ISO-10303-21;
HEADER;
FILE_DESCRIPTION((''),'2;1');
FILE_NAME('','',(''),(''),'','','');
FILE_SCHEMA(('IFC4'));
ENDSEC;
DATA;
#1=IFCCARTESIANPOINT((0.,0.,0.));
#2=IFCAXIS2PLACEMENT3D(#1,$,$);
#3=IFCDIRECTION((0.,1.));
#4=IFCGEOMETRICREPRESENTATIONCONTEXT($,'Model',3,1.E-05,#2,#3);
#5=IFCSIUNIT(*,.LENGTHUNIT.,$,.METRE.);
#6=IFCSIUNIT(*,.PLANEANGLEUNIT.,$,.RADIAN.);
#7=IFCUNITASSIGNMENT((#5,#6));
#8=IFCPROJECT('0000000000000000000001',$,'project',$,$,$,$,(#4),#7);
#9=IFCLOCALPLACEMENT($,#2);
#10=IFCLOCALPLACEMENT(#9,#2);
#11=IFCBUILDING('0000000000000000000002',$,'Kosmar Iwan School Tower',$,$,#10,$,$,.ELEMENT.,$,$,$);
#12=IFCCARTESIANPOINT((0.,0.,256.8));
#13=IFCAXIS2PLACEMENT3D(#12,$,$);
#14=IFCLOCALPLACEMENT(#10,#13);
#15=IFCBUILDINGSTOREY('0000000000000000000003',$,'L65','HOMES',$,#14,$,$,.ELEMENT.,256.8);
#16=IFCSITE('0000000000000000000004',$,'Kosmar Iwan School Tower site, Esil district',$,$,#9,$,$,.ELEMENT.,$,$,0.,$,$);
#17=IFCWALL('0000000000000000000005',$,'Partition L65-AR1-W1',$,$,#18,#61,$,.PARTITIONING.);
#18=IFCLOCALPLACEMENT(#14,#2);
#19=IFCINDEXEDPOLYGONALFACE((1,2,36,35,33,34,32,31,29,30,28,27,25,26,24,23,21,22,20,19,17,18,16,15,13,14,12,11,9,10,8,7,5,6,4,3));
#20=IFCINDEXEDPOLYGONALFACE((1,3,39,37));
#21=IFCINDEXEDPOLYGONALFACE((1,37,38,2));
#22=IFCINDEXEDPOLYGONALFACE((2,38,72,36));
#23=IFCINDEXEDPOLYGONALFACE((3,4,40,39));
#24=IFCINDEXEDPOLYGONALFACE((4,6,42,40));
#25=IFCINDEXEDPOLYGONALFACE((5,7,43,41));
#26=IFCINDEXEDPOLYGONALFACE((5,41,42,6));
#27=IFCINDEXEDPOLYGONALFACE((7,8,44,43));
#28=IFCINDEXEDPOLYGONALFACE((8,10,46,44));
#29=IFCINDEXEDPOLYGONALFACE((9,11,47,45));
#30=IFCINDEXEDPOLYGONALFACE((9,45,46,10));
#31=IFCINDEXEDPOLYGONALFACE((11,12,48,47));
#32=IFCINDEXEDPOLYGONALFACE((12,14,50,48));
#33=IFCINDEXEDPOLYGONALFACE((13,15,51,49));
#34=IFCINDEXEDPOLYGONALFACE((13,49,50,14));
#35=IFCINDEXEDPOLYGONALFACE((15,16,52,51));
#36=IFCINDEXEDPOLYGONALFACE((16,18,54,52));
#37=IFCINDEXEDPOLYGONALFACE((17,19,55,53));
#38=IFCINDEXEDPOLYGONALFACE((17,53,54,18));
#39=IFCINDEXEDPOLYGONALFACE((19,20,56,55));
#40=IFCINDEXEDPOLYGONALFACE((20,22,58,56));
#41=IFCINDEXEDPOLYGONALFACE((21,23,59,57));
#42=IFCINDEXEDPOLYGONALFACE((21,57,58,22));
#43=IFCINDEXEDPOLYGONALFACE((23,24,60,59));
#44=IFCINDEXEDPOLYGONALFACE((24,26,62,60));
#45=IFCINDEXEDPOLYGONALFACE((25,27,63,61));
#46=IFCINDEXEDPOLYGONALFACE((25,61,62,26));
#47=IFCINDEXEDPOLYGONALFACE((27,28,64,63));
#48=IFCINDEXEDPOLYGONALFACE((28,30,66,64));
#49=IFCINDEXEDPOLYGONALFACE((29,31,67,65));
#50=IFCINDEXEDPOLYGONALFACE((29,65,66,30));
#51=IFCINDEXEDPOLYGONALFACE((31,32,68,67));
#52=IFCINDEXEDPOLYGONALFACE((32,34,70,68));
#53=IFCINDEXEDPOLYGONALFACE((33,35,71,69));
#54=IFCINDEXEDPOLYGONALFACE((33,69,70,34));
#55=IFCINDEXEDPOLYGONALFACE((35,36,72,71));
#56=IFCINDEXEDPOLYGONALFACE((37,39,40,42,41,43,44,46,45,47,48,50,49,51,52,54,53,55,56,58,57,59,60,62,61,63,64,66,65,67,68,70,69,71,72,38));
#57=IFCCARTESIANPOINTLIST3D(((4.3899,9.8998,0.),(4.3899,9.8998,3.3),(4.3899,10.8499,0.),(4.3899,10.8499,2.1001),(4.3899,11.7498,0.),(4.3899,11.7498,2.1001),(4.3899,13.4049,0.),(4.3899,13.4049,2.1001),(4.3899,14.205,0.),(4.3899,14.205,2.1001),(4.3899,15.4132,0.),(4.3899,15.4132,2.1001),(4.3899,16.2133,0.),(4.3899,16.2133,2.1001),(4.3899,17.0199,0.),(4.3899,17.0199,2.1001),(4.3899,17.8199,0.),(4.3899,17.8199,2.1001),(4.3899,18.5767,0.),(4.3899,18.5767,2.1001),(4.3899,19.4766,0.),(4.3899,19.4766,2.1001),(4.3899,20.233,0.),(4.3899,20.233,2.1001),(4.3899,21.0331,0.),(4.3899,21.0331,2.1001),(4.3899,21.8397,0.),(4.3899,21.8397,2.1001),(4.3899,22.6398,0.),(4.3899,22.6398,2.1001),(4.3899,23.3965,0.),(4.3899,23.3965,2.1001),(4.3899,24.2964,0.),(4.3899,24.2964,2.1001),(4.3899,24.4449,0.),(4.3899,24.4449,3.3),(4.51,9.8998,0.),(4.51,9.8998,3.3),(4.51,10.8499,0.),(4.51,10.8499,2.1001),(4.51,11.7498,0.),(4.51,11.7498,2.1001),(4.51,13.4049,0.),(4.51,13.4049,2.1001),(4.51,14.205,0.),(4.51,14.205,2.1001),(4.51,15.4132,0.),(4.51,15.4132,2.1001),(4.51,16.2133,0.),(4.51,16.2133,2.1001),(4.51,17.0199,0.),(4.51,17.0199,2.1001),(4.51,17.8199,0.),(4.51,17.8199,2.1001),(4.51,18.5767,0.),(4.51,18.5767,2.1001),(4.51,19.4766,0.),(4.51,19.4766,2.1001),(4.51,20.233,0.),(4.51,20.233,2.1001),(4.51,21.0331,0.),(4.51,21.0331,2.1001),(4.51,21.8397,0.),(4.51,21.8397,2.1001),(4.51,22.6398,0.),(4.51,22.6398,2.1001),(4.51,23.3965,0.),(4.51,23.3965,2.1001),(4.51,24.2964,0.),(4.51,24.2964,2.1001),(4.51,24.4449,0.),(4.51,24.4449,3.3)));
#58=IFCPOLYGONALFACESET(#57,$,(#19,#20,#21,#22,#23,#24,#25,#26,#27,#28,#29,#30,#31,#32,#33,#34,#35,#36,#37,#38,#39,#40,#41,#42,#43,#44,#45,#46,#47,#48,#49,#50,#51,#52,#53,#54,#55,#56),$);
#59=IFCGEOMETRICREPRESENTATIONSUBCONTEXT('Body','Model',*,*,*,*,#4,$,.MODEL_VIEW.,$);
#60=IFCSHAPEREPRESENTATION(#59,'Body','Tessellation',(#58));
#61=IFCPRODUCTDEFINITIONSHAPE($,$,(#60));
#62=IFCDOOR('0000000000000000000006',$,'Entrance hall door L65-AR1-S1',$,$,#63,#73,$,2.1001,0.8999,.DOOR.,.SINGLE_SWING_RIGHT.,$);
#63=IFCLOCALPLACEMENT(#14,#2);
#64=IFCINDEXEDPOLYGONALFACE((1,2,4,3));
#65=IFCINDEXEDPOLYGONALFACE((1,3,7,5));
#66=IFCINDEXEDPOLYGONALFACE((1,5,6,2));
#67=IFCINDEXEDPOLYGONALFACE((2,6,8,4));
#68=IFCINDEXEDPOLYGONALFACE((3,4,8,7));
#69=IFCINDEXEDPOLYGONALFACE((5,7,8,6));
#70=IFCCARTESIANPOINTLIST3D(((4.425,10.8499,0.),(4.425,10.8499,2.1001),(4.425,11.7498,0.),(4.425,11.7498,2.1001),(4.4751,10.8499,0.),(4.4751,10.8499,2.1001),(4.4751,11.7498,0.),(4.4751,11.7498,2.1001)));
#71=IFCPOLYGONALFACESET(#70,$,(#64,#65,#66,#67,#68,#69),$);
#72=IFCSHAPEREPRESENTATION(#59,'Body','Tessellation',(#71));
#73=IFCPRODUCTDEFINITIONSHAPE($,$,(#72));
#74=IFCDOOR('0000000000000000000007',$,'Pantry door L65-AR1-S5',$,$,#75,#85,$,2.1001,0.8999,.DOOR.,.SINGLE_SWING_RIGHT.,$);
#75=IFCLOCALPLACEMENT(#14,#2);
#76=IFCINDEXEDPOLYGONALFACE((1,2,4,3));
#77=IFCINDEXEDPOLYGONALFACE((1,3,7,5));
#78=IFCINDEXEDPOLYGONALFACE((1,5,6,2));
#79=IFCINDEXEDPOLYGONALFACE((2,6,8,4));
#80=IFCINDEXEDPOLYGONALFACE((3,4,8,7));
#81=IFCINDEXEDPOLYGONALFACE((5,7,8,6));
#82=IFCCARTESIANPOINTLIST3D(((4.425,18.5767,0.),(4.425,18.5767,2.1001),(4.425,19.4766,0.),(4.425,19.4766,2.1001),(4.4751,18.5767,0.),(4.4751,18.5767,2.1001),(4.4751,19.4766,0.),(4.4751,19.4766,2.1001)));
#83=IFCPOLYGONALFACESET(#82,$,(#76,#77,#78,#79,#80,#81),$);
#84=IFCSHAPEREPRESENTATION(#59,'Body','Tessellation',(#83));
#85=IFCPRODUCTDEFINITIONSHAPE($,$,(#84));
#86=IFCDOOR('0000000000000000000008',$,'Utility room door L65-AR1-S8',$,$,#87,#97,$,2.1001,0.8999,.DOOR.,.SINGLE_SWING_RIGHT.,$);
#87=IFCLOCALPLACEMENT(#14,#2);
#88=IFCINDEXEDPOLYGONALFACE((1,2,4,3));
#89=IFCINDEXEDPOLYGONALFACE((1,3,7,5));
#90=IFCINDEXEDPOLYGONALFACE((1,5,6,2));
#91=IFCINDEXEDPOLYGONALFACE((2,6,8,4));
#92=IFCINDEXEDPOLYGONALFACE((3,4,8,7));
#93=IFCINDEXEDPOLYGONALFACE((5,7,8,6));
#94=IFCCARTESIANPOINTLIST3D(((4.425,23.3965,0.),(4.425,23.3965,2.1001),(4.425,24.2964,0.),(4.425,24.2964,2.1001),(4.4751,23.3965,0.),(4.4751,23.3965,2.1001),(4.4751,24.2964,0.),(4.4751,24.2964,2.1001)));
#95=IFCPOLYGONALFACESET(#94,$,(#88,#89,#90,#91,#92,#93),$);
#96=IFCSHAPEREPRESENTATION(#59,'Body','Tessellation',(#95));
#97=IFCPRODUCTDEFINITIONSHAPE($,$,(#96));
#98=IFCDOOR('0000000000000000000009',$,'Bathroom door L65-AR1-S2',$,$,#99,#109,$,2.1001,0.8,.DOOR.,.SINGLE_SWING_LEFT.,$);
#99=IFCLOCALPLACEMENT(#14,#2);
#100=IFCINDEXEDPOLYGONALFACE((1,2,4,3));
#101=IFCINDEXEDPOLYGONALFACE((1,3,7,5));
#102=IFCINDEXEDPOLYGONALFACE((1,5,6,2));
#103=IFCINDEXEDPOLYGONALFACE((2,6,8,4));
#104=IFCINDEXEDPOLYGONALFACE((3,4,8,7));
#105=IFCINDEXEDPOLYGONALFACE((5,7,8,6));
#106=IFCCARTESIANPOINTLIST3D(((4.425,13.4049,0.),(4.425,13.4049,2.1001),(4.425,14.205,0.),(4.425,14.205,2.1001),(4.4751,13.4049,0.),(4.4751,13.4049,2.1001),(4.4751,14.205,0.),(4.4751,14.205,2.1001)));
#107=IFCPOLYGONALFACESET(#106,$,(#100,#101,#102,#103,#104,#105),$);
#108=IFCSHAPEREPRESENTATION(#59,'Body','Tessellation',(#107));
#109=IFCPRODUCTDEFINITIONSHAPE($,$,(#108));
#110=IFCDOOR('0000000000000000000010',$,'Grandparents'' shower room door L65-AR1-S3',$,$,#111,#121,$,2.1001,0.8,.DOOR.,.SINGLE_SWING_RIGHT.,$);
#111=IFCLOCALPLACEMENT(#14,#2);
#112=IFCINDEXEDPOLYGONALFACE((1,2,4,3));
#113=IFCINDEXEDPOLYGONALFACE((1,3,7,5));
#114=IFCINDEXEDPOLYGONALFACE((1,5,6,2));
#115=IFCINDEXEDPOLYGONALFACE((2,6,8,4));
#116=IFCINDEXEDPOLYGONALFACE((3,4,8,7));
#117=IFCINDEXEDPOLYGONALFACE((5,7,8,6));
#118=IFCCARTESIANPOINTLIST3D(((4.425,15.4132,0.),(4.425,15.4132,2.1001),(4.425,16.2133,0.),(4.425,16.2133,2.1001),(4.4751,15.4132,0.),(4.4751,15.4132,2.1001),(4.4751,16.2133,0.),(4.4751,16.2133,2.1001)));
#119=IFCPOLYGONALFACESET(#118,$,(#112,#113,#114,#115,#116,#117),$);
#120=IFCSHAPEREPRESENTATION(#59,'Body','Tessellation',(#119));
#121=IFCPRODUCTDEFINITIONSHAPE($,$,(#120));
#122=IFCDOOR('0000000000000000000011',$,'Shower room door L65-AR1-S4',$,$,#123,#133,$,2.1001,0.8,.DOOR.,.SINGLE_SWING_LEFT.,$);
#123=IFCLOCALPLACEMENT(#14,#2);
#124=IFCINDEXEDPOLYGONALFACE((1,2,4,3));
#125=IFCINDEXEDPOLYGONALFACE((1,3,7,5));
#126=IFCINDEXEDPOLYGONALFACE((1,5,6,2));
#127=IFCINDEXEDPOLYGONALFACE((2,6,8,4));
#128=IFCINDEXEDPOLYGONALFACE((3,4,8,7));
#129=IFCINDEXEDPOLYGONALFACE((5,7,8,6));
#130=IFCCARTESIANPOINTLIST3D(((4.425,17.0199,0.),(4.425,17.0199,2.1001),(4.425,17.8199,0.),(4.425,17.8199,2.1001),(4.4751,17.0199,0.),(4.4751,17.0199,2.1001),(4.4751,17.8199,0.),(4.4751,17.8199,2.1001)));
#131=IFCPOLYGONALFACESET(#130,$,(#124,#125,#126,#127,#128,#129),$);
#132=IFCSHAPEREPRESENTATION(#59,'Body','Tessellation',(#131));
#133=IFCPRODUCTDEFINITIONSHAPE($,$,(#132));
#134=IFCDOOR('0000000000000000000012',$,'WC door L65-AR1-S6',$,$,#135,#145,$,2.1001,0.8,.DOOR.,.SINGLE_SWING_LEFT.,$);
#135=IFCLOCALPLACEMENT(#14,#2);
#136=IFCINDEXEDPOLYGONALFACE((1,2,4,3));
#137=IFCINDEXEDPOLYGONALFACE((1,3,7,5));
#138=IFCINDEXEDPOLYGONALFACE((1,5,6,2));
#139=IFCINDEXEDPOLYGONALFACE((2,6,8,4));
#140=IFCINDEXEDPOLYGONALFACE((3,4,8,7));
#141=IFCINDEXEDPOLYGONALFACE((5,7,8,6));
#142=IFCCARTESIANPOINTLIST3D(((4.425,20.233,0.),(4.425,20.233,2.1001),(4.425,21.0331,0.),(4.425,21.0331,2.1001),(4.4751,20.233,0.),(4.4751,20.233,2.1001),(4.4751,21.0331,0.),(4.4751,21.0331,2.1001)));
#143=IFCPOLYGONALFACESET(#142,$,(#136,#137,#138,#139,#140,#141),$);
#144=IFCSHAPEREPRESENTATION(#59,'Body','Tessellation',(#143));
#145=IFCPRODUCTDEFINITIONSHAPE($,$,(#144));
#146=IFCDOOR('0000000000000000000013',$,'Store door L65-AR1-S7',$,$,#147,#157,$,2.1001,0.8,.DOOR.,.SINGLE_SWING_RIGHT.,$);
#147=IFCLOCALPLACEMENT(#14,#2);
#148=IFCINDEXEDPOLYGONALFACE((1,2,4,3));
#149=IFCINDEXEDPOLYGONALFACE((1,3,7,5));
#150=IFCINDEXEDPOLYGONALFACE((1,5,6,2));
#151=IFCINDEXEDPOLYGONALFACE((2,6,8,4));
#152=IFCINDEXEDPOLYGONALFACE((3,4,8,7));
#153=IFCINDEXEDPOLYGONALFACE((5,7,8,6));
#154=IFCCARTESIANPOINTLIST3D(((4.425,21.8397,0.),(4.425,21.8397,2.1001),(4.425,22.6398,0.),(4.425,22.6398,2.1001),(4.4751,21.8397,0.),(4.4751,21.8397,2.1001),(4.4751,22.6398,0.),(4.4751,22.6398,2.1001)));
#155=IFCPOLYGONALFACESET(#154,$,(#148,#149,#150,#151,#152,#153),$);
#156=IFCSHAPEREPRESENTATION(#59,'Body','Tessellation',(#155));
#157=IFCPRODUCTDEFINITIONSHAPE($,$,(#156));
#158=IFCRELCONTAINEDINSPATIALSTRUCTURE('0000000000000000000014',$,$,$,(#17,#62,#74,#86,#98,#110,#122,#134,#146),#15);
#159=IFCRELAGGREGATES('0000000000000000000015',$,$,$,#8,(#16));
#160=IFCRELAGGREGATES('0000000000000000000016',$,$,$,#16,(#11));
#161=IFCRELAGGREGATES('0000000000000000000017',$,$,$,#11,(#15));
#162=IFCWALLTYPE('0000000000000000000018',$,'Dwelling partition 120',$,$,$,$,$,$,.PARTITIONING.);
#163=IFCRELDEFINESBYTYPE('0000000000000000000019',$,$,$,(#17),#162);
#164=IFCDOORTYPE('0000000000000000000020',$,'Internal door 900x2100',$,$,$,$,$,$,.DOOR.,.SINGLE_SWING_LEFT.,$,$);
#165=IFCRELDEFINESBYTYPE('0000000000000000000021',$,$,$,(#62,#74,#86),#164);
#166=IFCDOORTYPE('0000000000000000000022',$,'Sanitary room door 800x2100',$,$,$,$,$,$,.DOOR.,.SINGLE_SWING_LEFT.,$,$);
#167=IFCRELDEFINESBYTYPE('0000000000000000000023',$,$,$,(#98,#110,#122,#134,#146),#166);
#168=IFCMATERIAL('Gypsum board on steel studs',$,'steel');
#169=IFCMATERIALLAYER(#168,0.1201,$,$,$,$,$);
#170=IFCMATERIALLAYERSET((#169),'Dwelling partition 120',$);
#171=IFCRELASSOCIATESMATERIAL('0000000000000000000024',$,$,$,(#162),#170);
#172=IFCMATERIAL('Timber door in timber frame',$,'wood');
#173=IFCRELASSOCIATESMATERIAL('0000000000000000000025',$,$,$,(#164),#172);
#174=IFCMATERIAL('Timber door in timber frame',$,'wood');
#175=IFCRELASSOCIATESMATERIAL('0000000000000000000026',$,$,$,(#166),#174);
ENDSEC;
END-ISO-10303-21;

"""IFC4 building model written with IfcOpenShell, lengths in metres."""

from ifc_helpers import new_model, si_unit, direction, frame, frame_2d, origin, place, context, subcontext, project, spatial, rectangle, extrude, material, layer, layer_set, type_object, element, fill, save


model = new_model("IFC4")

# Units and contexts
model_context = context("Model", 3, precision=1e-05, world=origin(), true_north=direction((0.0, 1.0)))
body_context = subcontext(model_context, "Body", "Model", "MODEL_VIEW")
ifc_project = project(units=[si_unit("LENGTHUNIT", "METRE"), si_unit("PLANEANGLEUNIT", "RADIAN")], contexts=[model_context])

# Site, building, storey
site_placement = place(None, origin())
site = spatial("IfcSite", under=ifc_project, at=site_placement, Name="Kosmar Iwan School Tower site, Esil district", CompositionType="ELEMENT", RefElevation=0.0)
building_placement = place(site_placement, origin())
building = spatial("IfcBuilding", under=site, at=building_placement, Name="Kosmar Iwan School Tower", CompositionType="ELEMENT")
storey_placement = place(building_placement, frame((0.0, 0.0, 256.8)))
storey = spatial("IfcBuildingStorey", under=building, at=storey_placement, Name="L65", Description="HOMES", CompositionType="ELEMENT", Elevation=256.8)

# Wall, openings, doors
ifc_material_1 = material(Name="Gypsum board on steel studs", Category="steel")
ifc_layer_1 = layer(ifc_material_1, 0.1201)
ifc_layer_set_1 = layer_set([ifc_layer_1], Name="Dwelling partition 120")
wall_type_1 = type_object("IfcWallType", Name="Dwelling partition 120", PredefinedType="PARTITIONING", material=ifc_layer_set_1)
wall_1_placement = place(storey_placement, frame((4.45, 9.8999, 0.0), z_axis=(0.0, 0.0, 1.0), x_axis=(0.0, 1.0, 0.0)))
wall_1 = element("IfcWall", 1, at=wall_1_placement, inside=storey, type_object=wall_type_1, Name="Partition L65-AR1-W1", PredefinedType="PARTITIONING", context=body_context, shape_type="SweptSolid", body=[
    extrude(rectangle(XDim=14.5452, YDim=0.1201, at=frame_2d((7.2725, 0.0))), origin(), (0.0, 0.0, 1.0), 3.3),
])
opening_1_placement = place(wall_1_placement, frame((0.95, 0.0, 0.0)))
opening_1 = element("IfcOpeningElement", 2, at=opening_1_placement, cuts=wall_1, PredefinedType="OPENING", context=body_context, shape_type="SweptSolid", body=[
    extrude(rectangle(XDim=0.8999, YDim=2.1001, at=frame_2d((0.45, 1.05))), frame((0.0, 0.072, 0.0), z_axis=(0.0, -1.0, 0.0), x_axis=(1.0, 0.0, 0.0)), (0.0, 0.0, 1.0), 0.144),
])
opening_2_placement = place(wall_1_placement, frame((3.5051, 0.0, 0.0)))
opening_2 = element("IfcOpeningElement", 3, at=opening_2_placement, cuts=wall_1, PredefinedType="OPENING", context=body_context, shape_type="SweptSolid", body=[
    extrude(rectangle(XDim=0.8, YDim=2.1001, at=frame_2d((0.3999, 1.05))), frame((0.0, 0.072, 0.0), z_axis=(0.0, -1.0, 0.0), x_axis=(1.0, 0.0, 0.0)), (0.0, 0.0, 1.0), 0.144),
])
opening_3_placement = place(wall_1_placement, frame((5.5134, 0.0, 0.0)))
opening_3 = element("IfcOpeningElement", 4, at=opening_3_placement, cuts=wall_1, PredefinedType="OPENING", context=body_context, shape_type="SweptSolid", body=[
    extrude(rectangle(XDim=0.8, YDim=2.1001, at=frame_2d((0.3999, 1.05))), frame((0.0, 0.072, 0.0), z_axis=(0.0, -1.0, 0.0), x_axis=(1.0, 0.0, 0.0)), (0.0, 0.0, 1.0), 0.144),
])
opening_4_placement = place(wall_1_placement, frame((7.1201, 0.0, 0.0)))
opening_4 = element("IfcOpeningElement", 5, at=opening_4_placement, cuts=wall_1, PredefinedType="OPENING", context=body_context, shape_type="SweptSolid", body=[
    extrude(rectangle(XDim=0.8, YDim=2.1001, at=frame_2d((0.3999, 1.05))), frame((0.0, 0.072, 0.0), z_axis=(0.0, -1.0, 0.0), x_axis=(1.0, 0.0, 0.0)), (0.0, 0.0, 1.0), 0.144),
])
opening_5_placement = place(wall_1_placement, frame((8.6768, 0.0, 0.0)))
opening_5 = element("IfcOpeningElement", 6, at=opening_5_placement, cuts=wall_1, PredefinedType="OPENING", context=body_context, shape_type="SweptSolid", body=[
    extrude(rectangle(XDim=0.8999, YDim=2.1001, at=frame_2d((0.45, 1.05))), frame((0.0, 0.072, 0.0), z_axis=(0.0, -1.0, 0.0), x_axis=(1.0, 0.0, 0.0)), (0.0, 0.0, 1.0), 0.144),
])
opening_6_placement = place(wall_1_placement, frame((10.3333, 0.0, 0.0)))
opening_6 = element("IfcOpeningElement", 7, at=opening_6_placement, cuts=wall_1, PredefinedType="OPENING", context=body_context, shape_type="SweptSolid", body=[
    extrude(rectangle(XDim=0.8, YDim=2.1001, at=frame_2d((0.3999, 1.05))), frame((0.0, 0.072, 0.0), z_axis=(0.0, -1.0, 0.0), x_axis=(1.0, 0.0, 0.0)), (0.0, 0.0, 1.0), 0.144),
])
opening_7_placement = place(wall_1_placement, frame((11.9399, 0.0, 0.0)))
opening_7 = element("IfcOpeningElement", 8, at=opening_7_placement, cuts=wall_1, PredefinedType="OPENING", context=body_context, shape_type="SweptSolid", body=[
    extrude(rectangle(XDim=0.8, YDim=2.1001, at=frame_2d((0.3999, 1.05))), frame((0.0, 0.072, 0.0), z_axis=(0.0, -1.0, 0.0), x_axis=(1.0, 0.0, 0.0)), (0.0, 0.0, 1.0), 0.144),
])
opening_8_placement = place(wall_1_placement, frame((13.4966, 0.0, 0.0)))
opening_8 = element("IfcOpeningElement", 9, at=opening_8_placement, cuts=wall_1, PredefinedType="OPENING", context=body_context, shape_type="SweptSolid", body=[
    extrude(rectangle(XDim=0.8999, YDim=2.1001, at=frame_2d((0.45, 1.05))), frame((0.0, 0.072, 0.0), z_axis=(0.0, -1.0, 0.0), x_axis=(1.0, 0.0, 0.0)), (0.0, 0.0, 1.0), 0.144),
])
ifc_material_2 = material(Name="Timber door in timber frame", Category="wood")
door_type_1 = type_object("IfcDoorType", Name="Internal door 900x2100", OperationType="SINGLE_SWING_LEFT", PredefinedType="DOOR", material=ifc_material_2)
door_1_placement = place(opening_1_placement, origin())
door_1 = element("IfcDoor", 10, at=door_1_placement, inside=storey, type_object=door_type_1, Name="Entrance hall door L65-AR1-S1", OperationType="SINGLE_SWING_RIGHT", OverallHeight=2.1001, OverallWidth=0.8999, PredefinedType="DOOR", context=body_context, shape_type="SweptSolid", body=[
    extrude(rectangle(XDim=0.8999, YDim=2.1001, at=frame_2d((0.45, 1.05))), frame((0.0, 0.0249, 0.0), z_axis=(0.0, -1.0, 0.0), x_axis=(1.0, 0.0, 0.0)), (0.0, 0.0, 1.0), 0.05),
])
fill(opening_1, door_1)
door_2_placement = place(opening_5_placement, origin())
door_2 = element("IfcDoor", 11, at=door_2_placement, inside=storey, type_object=door_type_1, Name="Pantry door L65-AR1-S5", OperationType="SINGLE_SWING_RIGHT", OverallHeight=2.1001, OverallWidth=0.8999, PredefinedType="DOOR", context=body_context, shape_type="SweptSolid", body=[
    extrude(rectangle(XDim=0.8999, YDim=2.1001, at=frame_2d((0.45, 1.05))), frame((0.0, 0.0249, 0.0), z_axis=(0.0, -1.0, 0.0), x_axis=(1.0, 0.0, 0.0)), (0.0, 0.0, 1.0), 0.05),
])
fill(opening_5, door_2)
door_3_placement = place(opening_8_placement, origin())
door_3 = element("IfcDoor", 12, at=door_3_placement, inside=storey, type_object=door_type_1, Name="Utility room door L65-AR1-S8", OperationType="SINGLE_SWING_RIGHT", OverallHeight=2.1001, OverallWidth=0.8999, PredefinedType="DOOR", context=body_context, shape_type="SweptSolid", body=[
    extrude(rectangle(XDim=0.8999, YDim=2.1001, at=frame_2d((0.45, 1.05))), frame((0.0, 0.0249, 0.0), z_axis=(0.0, -1.0, 0.0), x_axis=(1.0, 0.0, 0.0)), (0.0, 0.0, 1.0), 0.05),
])
fill(opening_8, door_3)
ifc_material_3 = material(Name="Timber door in timber frame", Category="wood")
door_type_2 = type_object("IfcDoorType", Name="Sanitary room door 800x2100", OperationType="SINGLE_SWING_LEFT", PredefinedType="DOOR", material=ifc_material_3)
door_4_placement = place(opening_2_placement, origin())
door_4 = element("IfcDoor", 13, at=door_4_placement, inside=storey, type_object=door_type_2, Name="Bathroom door L65-AR1-S2", OperationType="SINGLE_SWING_LEFT", OverallHeight=2.1001, OverallWidth=0.8, PredefinedType="DOOR", context=body_context, shape_type="SweptSolid", body=[
    extrude(rectangle(XDim=0.8, YDim=2.1001, at=frame_2d((0.3999, 1.05))), frame((0.0, 0.0249, 0.0), z_axis=(0.0, -1.0, 0.0), x_axis=(1.0, 0.0, 0.0)), (0.0, 0.0, 1.0), 0.05),
])
fill(opening_2, door_4)
door_5_placement = place(opening_3_placement, origin())
door_5 = element("IfcDoor", 14, at=door_5_placement, inside=storey, type_object=door_type_2, Name="Grandparents' shower room door L65-AR1-S3", OperationType="SINGLE_SWING_RIGHT", OverallHeight=2.1001, OverallWidth=0.8, PredefinedType="DOOR", context=body_context, shape_type="SweptSolid", body=[
    extrude(rectangle(XDim=0.8, YDim=2.1001, at=frame_2d((0.3999, 1.05))), frame((0.0, 0.0249, 0.0), z_axis=(0.0, -1.0, 0.0), x_axis=(1.0, 0.0, 0.0)), (0.0, 0.0, 1.0), 0.05),
])
fill(opening_3, door_5)
door_6_placement = place(opening_4_placement, origin())
door_6 = element("IfcDoor", 15, at=door_6_placement, inside=storey, type_object=door_type_2, Name="Shower room door L65-AR1-S4", OperationType="SINGLE_SWING_LEFT", OverallHeight=2.1001, OverallWidth=0.8, PredefinedType="DOOR", context=body_context, shape_type="SweptSolid", body=[
    extrude(rectangle(XDim=0.8, YDim=2.1001, at=frame_2d((0.3999, 1.05))), frame((0.0, 0.0249, 0.0), z_axis=(0.0, -1.0, 0.0), x_axis=(1.0, 0.0, 0.0)), (0.0, 0.0, 1.0), 0.05),
])
fill(opening_4, door_6)
door_7_placement = place(opening_6_placement, origin())
door_7 = element("IfcDoor", 16, at=door_7_placement, inside=storey, type_object=door_type_2, Name="WC door L65-AR1-S6", OperationType="SINGLE_SWING_LEFT", OverallHeight=2.1001, OverallWidth=0.8, PredefinedType="DOOR", context=body_context, shape_type="SweptSolid", body=[
    extrude(rectangle(XDim=0.8, YDim=2.1001, at=frame_2d((0.3999, 1.05))), frame((0.0, 0.0249, 0.0), z_axis=(0.0, -1.0, 0.0), x_axis=(1.0, 0.0, 0.0)), (0.0, 0.0, 1.0), 0.05),
])
fill(opening_6, door_7)
door_8_placement = place(opening_7_placement, origin())
door_8 = element("IfcDoor", 17, at=door_8_placement, inside=storey, type_object=door_type_2, Name="Store door L65-AR1-S7", OperationType="SINGLE_SWING_RIGHT", OverallHeight=2.1001, OverallWidth=0.8, PredefinedType="DOOR", context=body_context, shape_type="SweptSolid", body=[
    extrude(rectangle(XDim=0.8, YDim=2.1001, at=frame_2d((0.3999, 1.05))), frame((0.0, 0.0249, 0.0), z_axis=(0.0, -1.0, 0.0), x_axis=(1.0, 0.0, 0.0)), (0.0, 0.0, 1.0), 0.05),
])
fill(opening_7, door_8)

save(model, "model.ifc")
